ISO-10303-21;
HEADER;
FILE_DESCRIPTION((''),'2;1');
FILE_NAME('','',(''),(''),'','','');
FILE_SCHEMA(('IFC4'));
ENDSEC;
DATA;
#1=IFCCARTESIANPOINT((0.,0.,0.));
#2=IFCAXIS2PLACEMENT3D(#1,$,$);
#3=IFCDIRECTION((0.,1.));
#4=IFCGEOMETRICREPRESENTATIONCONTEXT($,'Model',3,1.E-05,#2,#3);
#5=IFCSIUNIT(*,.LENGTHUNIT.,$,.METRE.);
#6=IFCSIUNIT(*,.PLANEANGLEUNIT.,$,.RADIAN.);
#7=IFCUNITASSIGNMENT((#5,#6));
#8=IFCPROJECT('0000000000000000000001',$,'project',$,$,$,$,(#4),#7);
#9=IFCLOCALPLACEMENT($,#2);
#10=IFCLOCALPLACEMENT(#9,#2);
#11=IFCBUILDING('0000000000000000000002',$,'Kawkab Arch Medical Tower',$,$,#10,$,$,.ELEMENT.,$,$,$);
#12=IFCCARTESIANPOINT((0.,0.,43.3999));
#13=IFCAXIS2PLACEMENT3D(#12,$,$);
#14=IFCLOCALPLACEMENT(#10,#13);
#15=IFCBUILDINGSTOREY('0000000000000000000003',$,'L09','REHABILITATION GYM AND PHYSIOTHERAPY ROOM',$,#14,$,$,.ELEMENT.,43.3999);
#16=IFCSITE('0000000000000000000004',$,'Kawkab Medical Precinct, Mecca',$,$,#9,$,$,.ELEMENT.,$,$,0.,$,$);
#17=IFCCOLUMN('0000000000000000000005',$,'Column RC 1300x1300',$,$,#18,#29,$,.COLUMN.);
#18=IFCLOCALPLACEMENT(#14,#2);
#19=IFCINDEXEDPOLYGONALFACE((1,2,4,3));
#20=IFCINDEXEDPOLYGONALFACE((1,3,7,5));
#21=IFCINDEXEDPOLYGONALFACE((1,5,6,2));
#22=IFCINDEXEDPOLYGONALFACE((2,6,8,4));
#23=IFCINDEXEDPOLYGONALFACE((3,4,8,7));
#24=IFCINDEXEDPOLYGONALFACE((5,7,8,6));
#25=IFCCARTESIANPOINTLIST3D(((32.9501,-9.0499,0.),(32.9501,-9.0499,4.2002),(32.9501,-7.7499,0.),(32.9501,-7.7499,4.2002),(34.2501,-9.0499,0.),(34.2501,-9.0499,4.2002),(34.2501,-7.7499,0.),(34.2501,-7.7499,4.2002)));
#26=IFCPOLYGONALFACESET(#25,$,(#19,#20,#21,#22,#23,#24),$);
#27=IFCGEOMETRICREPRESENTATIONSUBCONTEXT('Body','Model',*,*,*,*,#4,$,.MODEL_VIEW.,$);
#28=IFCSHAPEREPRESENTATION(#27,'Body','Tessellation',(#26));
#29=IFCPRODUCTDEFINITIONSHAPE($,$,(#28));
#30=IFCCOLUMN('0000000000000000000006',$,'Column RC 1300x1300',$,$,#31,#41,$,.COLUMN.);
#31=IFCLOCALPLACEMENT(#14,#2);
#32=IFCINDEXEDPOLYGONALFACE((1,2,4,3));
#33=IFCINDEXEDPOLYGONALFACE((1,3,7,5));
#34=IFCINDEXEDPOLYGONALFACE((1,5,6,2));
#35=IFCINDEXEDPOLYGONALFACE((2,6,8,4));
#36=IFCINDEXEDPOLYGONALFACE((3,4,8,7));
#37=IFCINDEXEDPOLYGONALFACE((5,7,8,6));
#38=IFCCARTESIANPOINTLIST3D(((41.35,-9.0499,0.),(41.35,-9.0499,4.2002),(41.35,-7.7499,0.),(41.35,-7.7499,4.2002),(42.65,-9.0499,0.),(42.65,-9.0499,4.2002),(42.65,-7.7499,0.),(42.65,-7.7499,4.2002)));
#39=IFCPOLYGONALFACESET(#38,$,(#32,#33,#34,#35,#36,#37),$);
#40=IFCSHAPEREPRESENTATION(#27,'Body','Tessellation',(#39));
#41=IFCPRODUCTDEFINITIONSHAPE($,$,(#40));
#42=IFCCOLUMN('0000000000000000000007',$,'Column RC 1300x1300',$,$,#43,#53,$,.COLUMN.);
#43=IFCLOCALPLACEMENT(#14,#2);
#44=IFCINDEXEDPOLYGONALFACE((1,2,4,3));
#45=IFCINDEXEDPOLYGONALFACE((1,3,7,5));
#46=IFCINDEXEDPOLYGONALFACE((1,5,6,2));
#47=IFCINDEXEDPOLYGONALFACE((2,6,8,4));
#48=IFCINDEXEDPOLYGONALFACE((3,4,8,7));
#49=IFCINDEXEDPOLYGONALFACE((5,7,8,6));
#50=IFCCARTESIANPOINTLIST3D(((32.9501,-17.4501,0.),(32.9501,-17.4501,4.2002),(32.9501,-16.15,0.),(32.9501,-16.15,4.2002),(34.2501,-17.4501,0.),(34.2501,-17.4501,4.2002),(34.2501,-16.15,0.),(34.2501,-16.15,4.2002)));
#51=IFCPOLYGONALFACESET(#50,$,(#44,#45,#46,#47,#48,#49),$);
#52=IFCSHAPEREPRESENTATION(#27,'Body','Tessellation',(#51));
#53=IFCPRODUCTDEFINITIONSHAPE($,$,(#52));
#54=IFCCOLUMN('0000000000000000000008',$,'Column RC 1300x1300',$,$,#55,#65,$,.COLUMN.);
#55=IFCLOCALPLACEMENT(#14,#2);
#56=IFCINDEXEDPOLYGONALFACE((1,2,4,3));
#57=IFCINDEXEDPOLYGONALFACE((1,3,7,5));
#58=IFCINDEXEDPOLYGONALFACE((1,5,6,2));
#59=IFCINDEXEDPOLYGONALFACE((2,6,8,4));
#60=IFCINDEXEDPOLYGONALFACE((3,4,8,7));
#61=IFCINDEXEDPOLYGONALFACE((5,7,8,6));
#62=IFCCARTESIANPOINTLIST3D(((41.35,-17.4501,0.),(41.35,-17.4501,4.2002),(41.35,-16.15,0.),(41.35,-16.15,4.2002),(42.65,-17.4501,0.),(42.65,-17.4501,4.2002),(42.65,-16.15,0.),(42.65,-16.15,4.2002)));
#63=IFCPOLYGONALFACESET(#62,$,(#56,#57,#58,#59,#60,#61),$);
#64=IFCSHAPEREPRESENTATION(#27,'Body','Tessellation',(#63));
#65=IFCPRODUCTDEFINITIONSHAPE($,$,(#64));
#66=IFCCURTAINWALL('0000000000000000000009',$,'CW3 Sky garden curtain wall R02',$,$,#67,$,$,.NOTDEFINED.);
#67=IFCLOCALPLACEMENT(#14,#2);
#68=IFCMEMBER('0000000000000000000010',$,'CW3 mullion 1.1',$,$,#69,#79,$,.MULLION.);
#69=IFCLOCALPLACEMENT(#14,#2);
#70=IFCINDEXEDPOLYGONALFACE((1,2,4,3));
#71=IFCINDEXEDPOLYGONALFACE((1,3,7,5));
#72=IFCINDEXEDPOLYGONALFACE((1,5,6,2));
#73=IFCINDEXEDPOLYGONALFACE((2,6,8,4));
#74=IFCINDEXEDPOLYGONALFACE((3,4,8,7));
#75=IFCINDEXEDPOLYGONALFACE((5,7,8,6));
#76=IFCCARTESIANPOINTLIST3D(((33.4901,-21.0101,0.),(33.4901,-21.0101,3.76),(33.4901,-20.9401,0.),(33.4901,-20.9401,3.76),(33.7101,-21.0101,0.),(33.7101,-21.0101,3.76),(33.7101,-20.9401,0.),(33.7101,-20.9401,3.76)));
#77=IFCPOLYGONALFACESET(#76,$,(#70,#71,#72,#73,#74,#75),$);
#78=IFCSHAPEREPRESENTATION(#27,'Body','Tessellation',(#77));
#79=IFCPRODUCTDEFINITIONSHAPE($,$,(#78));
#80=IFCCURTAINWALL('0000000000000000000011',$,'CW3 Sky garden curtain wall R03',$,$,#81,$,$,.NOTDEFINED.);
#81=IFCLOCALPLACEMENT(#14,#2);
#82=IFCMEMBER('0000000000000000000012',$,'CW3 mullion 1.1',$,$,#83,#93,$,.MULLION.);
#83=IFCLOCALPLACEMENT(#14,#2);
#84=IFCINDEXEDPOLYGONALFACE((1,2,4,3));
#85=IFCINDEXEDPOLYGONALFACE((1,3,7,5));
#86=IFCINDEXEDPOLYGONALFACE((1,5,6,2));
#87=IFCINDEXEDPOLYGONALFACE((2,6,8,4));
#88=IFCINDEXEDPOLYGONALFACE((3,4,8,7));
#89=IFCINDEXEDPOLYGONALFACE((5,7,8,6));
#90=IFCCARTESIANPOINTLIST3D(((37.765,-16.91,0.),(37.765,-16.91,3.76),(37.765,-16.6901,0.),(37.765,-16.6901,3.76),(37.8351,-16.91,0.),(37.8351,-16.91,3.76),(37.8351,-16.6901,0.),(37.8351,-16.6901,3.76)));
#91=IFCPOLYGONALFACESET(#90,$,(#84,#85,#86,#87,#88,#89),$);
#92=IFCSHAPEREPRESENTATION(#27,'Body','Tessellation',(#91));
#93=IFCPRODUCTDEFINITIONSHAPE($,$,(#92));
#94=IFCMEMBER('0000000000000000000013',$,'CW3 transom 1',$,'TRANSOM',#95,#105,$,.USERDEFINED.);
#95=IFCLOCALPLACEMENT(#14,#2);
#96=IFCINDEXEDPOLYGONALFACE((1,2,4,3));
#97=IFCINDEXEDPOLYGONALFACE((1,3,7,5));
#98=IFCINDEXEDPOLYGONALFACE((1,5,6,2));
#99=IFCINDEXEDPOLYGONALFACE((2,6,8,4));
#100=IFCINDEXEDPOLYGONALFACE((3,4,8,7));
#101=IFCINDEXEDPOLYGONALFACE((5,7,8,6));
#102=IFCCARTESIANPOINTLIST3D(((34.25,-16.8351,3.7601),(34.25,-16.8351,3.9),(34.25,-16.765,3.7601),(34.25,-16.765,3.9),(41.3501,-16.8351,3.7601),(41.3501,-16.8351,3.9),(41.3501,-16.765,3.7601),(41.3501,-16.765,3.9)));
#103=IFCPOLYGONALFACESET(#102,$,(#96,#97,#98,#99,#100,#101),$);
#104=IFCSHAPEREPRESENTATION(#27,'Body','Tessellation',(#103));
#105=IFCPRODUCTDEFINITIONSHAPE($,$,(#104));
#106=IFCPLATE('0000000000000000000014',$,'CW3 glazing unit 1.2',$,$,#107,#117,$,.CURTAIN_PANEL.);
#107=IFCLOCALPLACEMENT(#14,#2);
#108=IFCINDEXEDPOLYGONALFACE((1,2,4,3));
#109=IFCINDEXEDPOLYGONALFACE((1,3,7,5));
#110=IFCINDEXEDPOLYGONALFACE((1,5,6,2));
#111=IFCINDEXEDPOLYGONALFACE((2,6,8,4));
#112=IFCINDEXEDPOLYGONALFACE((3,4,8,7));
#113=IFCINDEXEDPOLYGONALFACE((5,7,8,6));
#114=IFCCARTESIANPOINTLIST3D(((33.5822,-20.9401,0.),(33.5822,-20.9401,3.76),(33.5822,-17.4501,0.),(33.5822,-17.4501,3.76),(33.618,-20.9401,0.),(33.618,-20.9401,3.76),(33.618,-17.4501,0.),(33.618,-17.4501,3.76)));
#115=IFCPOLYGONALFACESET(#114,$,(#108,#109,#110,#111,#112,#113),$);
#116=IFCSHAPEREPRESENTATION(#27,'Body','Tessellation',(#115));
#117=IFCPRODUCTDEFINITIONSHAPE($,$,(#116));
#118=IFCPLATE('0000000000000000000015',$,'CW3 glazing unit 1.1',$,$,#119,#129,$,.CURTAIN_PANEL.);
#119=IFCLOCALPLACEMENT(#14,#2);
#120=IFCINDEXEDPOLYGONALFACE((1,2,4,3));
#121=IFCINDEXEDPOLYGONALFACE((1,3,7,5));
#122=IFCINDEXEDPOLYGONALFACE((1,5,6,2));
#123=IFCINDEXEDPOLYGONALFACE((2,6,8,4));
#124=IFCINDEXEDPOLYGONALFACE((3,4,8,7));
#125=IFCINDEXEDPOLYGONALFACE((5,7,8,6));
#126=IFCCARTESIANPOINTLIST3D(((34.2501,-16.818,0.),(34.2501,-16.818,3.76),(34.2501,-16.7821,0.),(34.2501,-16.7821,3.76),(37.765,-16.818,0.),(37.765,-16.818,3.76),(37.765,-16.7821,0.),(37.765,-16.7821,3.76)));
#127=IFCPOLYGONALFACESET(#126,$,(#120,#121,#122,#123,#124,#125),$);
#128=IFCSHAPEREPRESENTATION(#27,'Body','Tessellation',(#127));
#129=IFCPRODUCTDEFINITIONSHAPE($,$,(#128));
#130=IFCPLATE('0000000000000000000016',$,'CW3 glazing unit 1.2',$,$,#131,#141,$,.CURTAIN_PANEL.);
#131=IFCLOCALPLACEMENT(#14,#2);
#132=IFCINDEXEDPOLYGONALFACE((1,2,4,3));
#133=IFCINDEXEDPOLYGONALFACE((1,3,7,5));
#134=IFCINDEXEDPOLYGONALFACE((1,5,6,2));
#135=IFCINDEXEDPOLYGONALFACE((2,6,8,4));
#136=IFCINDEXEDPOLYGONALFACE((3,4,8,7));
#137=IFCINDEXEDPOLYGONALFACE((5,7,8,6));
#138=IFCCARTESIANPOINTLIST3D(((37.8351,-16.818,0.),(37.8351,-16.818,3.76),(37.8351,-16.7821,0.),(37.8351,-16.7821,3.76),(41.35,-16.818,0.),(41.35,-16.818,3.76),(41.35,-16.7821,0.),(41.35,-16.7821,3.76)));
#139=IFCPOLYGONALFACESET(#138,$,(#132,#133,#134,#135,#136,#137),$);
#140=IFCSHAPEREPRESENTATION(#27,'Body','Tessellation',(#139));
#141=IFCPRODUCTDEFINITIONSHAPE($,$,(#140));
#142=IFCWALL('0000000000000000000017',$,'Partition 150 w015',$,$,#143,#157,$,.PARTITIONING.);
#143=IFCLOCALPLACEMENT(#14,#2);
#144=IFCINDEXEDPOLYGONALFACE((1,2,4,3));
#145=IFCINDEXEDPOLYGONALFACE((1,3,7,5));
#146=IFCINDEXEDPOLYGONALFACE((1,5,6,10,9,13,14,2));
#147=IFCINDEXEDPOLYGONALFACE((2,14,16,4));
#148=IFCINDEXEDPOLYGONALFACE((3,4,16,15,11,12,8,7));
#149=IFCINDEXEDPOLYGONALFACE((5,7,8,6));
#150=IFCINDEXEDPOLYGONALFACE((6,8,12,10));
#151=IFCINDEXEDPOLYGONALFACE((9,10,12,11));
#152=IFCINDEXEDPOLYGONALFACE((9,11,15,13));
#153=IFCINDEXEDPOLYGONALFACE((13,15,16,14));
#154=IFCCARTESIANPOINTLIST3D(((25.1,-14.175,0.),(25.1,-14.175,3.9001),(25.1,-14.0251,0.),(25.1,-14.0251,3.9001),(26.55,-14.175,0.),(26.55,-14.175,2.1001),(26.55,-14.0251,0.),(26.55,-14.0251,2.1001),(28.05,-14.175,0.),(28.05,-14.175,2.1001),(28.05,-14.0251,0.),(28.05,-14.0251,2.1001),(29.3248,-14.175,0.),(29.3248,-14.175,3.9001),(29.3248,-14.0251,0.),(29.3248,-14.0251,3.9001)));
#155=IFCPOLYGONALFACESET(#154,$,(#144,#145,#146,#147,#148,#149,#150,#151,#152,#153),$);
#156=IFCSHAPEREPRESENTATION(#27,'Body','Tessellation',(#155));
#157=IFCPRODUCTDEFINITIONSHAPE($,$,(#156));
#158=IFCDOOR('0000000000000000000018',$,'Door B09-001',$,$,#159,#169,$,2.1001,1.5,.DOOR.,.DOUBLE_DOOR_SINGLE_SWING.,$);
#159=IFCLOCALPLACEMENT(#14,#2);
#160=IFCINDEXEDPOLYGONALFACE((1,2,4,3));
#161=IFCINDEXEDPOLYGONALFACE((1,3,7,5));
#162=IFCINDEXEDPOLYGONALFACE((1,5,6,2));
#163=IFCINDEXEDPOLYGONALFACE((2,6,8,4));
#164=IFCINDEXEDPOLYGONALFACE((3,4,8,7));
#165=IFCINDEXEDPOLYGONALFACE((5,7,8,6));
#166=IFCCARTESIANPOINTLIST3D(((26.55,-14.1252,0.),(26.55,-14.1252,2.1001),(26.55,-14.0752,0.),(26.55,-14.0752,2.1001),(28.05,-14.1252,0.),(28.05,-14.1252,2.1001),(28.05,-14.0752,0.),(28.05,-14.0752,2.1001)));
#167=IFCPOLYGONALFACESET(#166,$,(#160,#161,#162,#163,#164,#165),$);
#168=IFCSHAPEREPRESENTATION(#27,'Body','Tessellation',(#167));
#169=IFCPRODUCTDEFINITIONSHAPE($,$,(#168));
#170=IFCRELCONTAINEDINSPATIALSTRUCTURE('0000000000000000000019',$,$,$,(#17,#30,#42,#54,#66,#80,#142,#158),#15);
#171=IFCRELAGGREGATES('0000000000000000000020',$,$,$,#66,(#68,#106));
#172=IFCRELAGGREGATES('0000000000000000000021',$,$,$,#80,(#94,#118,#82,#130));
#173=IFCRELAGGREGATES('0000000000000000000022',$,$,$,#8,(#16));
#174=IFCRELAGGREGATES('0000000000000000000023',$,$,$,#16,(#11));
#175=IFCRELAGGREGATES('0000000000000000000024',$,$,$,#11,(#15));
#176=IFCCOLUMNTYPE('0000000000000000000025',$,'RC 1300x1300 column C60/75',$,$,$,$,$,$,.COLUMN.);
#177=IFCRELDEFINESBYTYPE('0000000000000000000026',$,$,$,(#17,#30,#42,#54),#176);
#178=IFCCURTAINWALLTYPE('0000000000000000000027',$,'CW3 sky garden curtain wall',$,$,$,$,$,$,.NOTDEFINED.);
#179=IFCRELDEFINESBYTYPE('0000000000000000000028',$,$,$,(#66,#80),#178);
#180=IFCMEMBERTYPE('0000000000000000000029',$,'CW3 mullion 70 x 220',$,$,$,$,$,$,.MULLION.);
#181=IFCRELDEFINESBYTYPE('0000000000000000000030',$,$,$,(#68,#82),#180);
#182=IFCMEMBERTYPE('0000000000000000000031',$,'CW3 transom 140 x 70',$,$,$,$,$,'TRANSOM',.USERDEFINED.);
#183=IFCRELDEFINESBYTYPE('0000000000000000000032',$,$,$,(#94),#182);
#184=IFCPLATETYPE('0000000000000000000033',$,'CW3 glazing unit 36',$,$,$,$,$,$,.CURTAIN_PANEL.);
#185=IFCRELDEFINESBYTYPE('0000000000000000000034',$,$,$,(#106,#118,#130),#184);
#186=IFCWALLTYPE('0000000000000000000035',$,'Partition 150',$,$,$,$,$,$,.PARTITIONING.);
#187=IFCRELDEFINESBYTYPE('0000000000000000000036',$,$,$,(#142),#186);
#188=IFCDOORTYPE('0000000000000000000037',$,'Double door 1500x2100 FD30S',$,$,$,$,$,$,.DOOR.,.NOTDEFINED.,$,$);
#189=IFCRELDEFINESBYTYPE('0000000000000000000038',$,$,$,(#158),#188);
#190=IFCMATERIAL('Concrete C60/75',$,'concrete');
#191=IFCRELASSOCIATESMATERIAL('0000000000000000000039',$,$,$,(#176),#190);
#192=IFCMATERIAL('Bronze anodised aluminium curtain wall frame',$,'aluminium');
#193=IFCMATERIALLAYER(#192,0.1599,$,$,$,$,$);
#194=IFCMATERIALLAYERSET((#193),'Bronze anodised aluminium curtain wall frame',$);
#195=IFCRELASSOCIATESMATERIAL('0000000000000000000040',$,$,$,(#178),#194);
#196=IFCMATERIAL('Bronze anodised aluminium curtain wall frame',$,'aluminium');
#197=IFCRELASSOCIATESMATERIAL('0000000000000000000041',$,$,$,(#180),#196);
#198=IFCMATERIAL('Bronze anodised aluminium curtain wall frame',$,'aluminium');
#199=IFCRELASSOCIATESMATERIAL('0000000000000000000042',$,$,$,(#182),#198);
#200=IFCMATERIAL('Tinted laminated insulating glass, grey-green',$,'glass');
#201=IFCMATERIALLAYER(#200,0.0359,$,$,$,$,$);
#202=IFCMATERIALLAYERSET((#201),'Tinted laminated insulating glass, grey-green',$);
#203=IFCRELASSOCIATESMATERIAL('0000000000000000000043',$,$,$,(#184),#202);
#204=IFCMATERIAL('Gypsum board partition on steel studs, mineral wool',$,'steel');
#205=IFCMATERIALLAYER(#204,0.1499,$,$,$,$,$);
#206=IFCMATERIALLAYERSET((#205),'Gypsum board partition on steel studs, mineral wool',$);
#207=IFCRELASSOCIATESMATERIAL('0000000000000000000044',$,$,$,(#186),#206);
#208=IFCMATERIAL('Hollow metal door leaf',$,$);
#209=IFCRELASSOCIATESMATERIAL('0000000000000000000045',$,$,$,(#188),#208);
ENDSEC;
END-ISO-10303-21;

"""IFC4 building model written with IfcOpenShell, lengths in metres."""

from ifc_helpers import new_model, si_unit, direction, frame, frame_2d, origin, origin_2d, place, context, subcontext, project, spatial, rectangle, extrude, material, layer, layer_set, material_profile, profile_set, type_object, element, fill, aggregate, save


model = new_model("IFC4")

# Units and contexts
model_context = context("Model", 3, precision=1e-05, world=origin(), true_north=direction((0.0, 1.0)))
body_context = subcontext(model_context, "Body", "Model", "MODEL_VIEW")
ifc_project = project(units=[si_unit("LENGTHUNIT", "METRE"), si_unit("PLANEANGLEUNIT", "RADIAN")], contexts=[model_context])

# Site, building, storey
site_placement = place(None, origin())
site = spatial("IfcSite", under=ifc_project, at=site_placement, Name="Kawkab Medical Precinct, Mecca", CompositionType="ELEMENT", RefElevation=0.0)
building_placement = place(site_placement, origin())
building = spatial("IfcBuilding", under=site, at=building_placement, Name="Kawkab Arch Medical Tower", CompositionType="ELEMENT")
storey_placement = place(building_placement, frame((0.0, 0.0, 43.3999)))
storey = spatial("IfcBuildingStorey", under=building, at=storey_placement, Name="L09", Description="REHABILITATION GYM AND PHYSIOTHERAPY ROOM", CompositionType="ELEMENT", Elevation=43.3999)

# Columns
ifc_material_1 = material(Name="Concrete C60/75", Category="concrete")
ifc_material_profile_1 = material_profile(ifc_material_1, rectangle(XDim=1.3, YDim=1.3, at=origin_2d()), Name="RC 1300x1300")
ifc_profile_set_1 = profile_set([ifc_material_profile_1], Name="Concrete C60/75")
column_type = type_object("IfcColumnType", Name="RC 1300x1300 column C60/75", PredefinedType="COLUMN", material=ifc_profile_set_1)
for number, where, z_axis, x_axis, name in (
    (1, (33.6001, -8.3999, 0.0), (0.0, 0.0, 1.0), (1.0, 0.0, 0.0), "Column RC 1300x1300"),
    (2, (42.0, -8.3999, 0.0), (0.0, 0.0, 1.0), (1.0, 0.0, 0.0), "Column RC 1300x1300"),
    (3, (33.6001, -16.8, 0.0), (0.0, 0.0, 1.0), (1.0, 0.0, 0.0), "Column RC 1300x1300"),
    (4, (42.0, -16.8, 0.0), (0.0, 0.0, 1.0), (1.0, 0.0, 0.0), "Column RC 1300x1300"),
):
    element("IfcColumn", number, at=place(storey_placement, frame(where, z_axis=z_axis, x_axis=x_axis)), inside=storey, type_object=column_type, Name=name, PredefinedType="COLUMN", context=body_context, shape_type="SweptSolid", body=[
        extrude(rectangle(XDim=1.3, YDim=1.3, at=origin_2d()), origin(), (0.0, 0.0, 1.0), 4.2002),
    ])

# Curtain wall, member
ifc_material_2 = material(Name="Bronze anodised aluminium curtain wall frame", Category="aluminium")
ifc_layer_1 = layer(ifc_material_2, 0.1599)
ifc_layer_set_1 = layer_set([ifc_layer_1], Name="Bronze anodised aluminium curtain wall frame")
curtain_wall_type = type_object("IfcCurtainWallType", Name="CW3 sky garden curtain wall", PredefinedType="NOTDEFINED", material=ifc_layer_set_1)
placement = place(storey_placement, origin())
curtain_wall_1 = element("IfcCurtainWall", 5, at=placement, inside=storey, type_object=curtain_wall_type, Name="CW3 Sky garden curtain wall R02", PredefinedType="NOTDEFINED")
ifc_material_3 = material(Name="Bronze anodised aluminium curtain wall frame", Category="aluminium")
ifc_material_profile_2 = material_profile(ifc_material_3, rectangle(XDim=0.22, YDim=0.0701, at=origin_2d()), Name="AL 70x220")
ifc_profile_set_2 = profile_set([ifc_material_profile_2], Name="Bronze anodised aluminium curtain wall frame")
member_type_1 = type_object("IfcMemberType", Name="CW3 mullion 70 x 220", PredefinedType="MULLION", material=ifc_profile_set_2)
member_1_placement = place(storey_placement, frame((33.6001, -20.9751, 0.0), z_axis=(0.0, 0.0, 1.0), x_axis=(-1.0, 0.0, 0.0)))
member_1 = element("IfcMember", 6, at=member_1_placement, type_object=member_type_1, Name="CW3 mullion 1.1", PredefinedType="MULLION", context=body_context, shape_type="SweptSolid", body=[
    extrude(rectangle(XDim=0.22, YDim=0.0701, at=origin_2d()), origin(), (0.0, 0.0, 1.0), 3.76),
])

# Curtain wall, members
curtain_wall_2 = element("IfcCurtainWall", 7, at=placement, inside=storey, type_object=curtain_wall_type, Name="CW3 Sky garden curtain wall R03", PredefinedType="NOTDEFINED")
member_2_placement = place(storey_placement, frame((37.8, -16.8, 0.0), z_axis=(0.0, 0.0, 1.0), x_axis=(0.0, 1.0, 0.0)))
member_2 = element("IfcMember", 8, at=member_2_placement, type_object=member_type_1, Name="CW3 mullion 1.1", PredefinedType="MULLION", context=body_context, shape_type="SweptSolid", body=[
    extrude(rectangle(XDim=0.22, YDim=0.0701, at=origin_2d()), origin(), (0.0, 0.0, 1.0), 3.76),
])
ifc_material_4 = material(Name="Bronze anodised aluminium curtain wall frame", Category="aluminium")
ifc_material_profile_3 = material_profile(ifc_material_4, rectangle(XDim=0.0701, YDim=0.1399, at=origin_2d()), Name="AL 70x140")
ifc_profile_set_3 = profile_set([ifc_material_profile_3], Name="Bronze anodised aluminium curtain wall frame")
member_type_2 = type_object("IfcMemberType", Name="CW3 transom 140 x 70", ElementType="TRANSOM", PredefinedType="USERDEFINED", material=ifc_profile_set_3)
member_3_placement = place(storey_placement, frame((34.25, -16.8, 3.8301), z_axis=(1.0, 0.0, 0.0), x_axis=(0.0, 1.0, 0.0)))
member_3 = element("IfcMember", 9, at=member_3_placement, type_object=member_type_2, Name="CW3 transom 1", ObjectType="TRANSOM", PredefinedType="USERDEFINED", context=body_context, shape_type="SweptSolid", body=[
    extrude(rectangle(XDim=0.0701, YDim=0.1399, at=origin_2d()), origin(), (0.0, 0.0, 1.0), 7.1001),
])

# Plates
ifc_material_5 = material(Name="Tinted laminated insulating glass, grey-green", Category="glass")
ifc_layer_2 = layer(ifc_material_5, 0.0359)
ifc_layer_set_2 = layer_set([ifc_layer_2], Name="Tinted laminated insulating glass, grey-green")
plate_type = type_object("IfcPlateType", Name="CW3 glazing unit 36", PredefinedType="CURTAIN_PANEL", material=ifc_layer_set_2)
plate_1_placement = place(storey_placement, frame((33.6001, -19.1951, 0.0), z_axis=(0.0, 0.0, 1.0), x_axis=(0.0, 1.0, 0.0)))
plate_1 = element("IfcPlate", 10, at=plate_1_placement, type_object=plate_type, Name="CW3 glazing unit 1.2", PredefinedType="CURTAIN_PANEL", context=body_context, shape_type="SweptSolid", body=[
    extrude(rectangle(XDim=3.49, YDim=0.0359, at=origin_2d()), origin(), (0.0, 0.0, 1.0), 3.76),
])
aggregate(curtain_wall_1, [member_1, plate_1])
plate_2_placement = place(storey_placement, frame((36.0076, -16.8, 0.0), z_axis=(0.0, 0.0, 1.0), x_axis=(1.0, 0.0, 0.0)))
plate_2 = element("IfcPlate", 11, at=plate_2_placement, type_object=plate_type, Name="CW3 glazing unit 1.1", PredefinedType="CURTAIN_PANEL", context=body_context, shape_type="SweptSolid", body=[
    extrude(rectangle(XDim=3.5149, YDim=0.0359, at=origin_2d()), origin(), (0.0, 0.0, 1.0), 3.76),
])
plate_3_placement = place(storey_placement, frame((39.5925, -16.8, 0.0), z_axis=(0.0, 0.0, 1.0), x_axis=(1.0, 0.0, 0.0)))
plate_3 = element("IfcPlate", 12, at=plate_3_placement, type_object=plate_type, Name="CW3 glazing unit 1.2", PredefinedType="CURTAIN_PANEL", context=body_context, shape_type="SweptSolid", body=[
    extrude(rectangle(XDim=3.5149, YDim=0.0359, at=origin_2d()), origin(), (0.0, 0.0, 1.0), 3.76),
])
aggregate(curtain_wall_2, [member_3, plate_2, member_2, plate_3])

# Wall, opening, door
ifc_material_6 = material(Name="Gypsum board partition on steel studs, mineral wool", Category="steel")
ifc_layer_3 = layer(ifc_material_6, 0.1499)
ifc_layer_set_3 = layer_set([ifc_layer_3], Name="Gypsum board partition on steel studs, mineral wool")
wall_type = type_object("IfcWallType", Name="Partition 150", PredefinedType="PARTITIONING", material=ifc_layer_set_3)
wall_1_placement = place(storey_placement, frame((25.1001, -14.1001, 0.0), z_axis=(0.0, 0.0, 1.0), x_axis=(1.0, 0.0, 0.0)))
wall_1 = element("IfcWall", 13, at=wall_1_placement, inside=storey, type_object=wall_type, Name="Partition 150 w015", PredefinedType="PARTITIONING", context=body_context, shape_type="SweptSolid", body=[
    extrude(rectangle(XDim=4.2249, YDim=0.1499, at=frame_2d((2.1123, 0.0))), origin(), (0.0, 0.0, 1.0), 3.9001),
])
opening_1_placement = place(wall_1_placement, frame((1.45, 0.0, 0.0)))
opening_1 = element("IfcOpeningElement", 14, at=opening_1_placement, cuts=wall_1, PredefinedType="OPENING", context=body_context, shape_type="SweptSolid", body=[
    extrude(rectangle(XDim=1.5, YDim=2.1001, at=frame_2d((0.75, 1.05))), frame((0.0, 0.085, 0.0), z_axis=(0.0, -1.0, 0.0), x_axis=(1.0, 0.0, 0.0)), (0.0, 0.0, 1.0), 0.1699),
])
ifc_material_7 = material(Name="Hollow metal door leaf")
door_type_1 = type_object("IfcDoorType", Name="Double door 1500x2100 FD30S", OperationType="NOTDEFINED", PredefinedType="DOOR", material=ifc_material_7)
door_1_placement = place(opening_1_placement, origin())
door_1 = element("IfcDoor", 15, at=door_1_placement, inside=storey, type_object=door_type_1, Name="Door B09-001", OperationType="DOUBLE_DOOR_SINGLE_SWING", OverallHeight=2.1001, OverallWidth=1.5, PredefinedType="DOOR", context=body_context, shape_type="SweptSolid", body=[
    extrude(rectangle(XDim=1.5, YDim=2.1001, at=frame_2d((0.75, 1.05))), frame((0.0, 0.0249, 0.0), z_axis=(0.0, -1.0, 0.0), x_axis=(1.0, 0.0, 0.0)), (0.0, 0.0, 1.0), 0.05),
])
fill(opening_1, door_1)

save(model, "model.ifc")
